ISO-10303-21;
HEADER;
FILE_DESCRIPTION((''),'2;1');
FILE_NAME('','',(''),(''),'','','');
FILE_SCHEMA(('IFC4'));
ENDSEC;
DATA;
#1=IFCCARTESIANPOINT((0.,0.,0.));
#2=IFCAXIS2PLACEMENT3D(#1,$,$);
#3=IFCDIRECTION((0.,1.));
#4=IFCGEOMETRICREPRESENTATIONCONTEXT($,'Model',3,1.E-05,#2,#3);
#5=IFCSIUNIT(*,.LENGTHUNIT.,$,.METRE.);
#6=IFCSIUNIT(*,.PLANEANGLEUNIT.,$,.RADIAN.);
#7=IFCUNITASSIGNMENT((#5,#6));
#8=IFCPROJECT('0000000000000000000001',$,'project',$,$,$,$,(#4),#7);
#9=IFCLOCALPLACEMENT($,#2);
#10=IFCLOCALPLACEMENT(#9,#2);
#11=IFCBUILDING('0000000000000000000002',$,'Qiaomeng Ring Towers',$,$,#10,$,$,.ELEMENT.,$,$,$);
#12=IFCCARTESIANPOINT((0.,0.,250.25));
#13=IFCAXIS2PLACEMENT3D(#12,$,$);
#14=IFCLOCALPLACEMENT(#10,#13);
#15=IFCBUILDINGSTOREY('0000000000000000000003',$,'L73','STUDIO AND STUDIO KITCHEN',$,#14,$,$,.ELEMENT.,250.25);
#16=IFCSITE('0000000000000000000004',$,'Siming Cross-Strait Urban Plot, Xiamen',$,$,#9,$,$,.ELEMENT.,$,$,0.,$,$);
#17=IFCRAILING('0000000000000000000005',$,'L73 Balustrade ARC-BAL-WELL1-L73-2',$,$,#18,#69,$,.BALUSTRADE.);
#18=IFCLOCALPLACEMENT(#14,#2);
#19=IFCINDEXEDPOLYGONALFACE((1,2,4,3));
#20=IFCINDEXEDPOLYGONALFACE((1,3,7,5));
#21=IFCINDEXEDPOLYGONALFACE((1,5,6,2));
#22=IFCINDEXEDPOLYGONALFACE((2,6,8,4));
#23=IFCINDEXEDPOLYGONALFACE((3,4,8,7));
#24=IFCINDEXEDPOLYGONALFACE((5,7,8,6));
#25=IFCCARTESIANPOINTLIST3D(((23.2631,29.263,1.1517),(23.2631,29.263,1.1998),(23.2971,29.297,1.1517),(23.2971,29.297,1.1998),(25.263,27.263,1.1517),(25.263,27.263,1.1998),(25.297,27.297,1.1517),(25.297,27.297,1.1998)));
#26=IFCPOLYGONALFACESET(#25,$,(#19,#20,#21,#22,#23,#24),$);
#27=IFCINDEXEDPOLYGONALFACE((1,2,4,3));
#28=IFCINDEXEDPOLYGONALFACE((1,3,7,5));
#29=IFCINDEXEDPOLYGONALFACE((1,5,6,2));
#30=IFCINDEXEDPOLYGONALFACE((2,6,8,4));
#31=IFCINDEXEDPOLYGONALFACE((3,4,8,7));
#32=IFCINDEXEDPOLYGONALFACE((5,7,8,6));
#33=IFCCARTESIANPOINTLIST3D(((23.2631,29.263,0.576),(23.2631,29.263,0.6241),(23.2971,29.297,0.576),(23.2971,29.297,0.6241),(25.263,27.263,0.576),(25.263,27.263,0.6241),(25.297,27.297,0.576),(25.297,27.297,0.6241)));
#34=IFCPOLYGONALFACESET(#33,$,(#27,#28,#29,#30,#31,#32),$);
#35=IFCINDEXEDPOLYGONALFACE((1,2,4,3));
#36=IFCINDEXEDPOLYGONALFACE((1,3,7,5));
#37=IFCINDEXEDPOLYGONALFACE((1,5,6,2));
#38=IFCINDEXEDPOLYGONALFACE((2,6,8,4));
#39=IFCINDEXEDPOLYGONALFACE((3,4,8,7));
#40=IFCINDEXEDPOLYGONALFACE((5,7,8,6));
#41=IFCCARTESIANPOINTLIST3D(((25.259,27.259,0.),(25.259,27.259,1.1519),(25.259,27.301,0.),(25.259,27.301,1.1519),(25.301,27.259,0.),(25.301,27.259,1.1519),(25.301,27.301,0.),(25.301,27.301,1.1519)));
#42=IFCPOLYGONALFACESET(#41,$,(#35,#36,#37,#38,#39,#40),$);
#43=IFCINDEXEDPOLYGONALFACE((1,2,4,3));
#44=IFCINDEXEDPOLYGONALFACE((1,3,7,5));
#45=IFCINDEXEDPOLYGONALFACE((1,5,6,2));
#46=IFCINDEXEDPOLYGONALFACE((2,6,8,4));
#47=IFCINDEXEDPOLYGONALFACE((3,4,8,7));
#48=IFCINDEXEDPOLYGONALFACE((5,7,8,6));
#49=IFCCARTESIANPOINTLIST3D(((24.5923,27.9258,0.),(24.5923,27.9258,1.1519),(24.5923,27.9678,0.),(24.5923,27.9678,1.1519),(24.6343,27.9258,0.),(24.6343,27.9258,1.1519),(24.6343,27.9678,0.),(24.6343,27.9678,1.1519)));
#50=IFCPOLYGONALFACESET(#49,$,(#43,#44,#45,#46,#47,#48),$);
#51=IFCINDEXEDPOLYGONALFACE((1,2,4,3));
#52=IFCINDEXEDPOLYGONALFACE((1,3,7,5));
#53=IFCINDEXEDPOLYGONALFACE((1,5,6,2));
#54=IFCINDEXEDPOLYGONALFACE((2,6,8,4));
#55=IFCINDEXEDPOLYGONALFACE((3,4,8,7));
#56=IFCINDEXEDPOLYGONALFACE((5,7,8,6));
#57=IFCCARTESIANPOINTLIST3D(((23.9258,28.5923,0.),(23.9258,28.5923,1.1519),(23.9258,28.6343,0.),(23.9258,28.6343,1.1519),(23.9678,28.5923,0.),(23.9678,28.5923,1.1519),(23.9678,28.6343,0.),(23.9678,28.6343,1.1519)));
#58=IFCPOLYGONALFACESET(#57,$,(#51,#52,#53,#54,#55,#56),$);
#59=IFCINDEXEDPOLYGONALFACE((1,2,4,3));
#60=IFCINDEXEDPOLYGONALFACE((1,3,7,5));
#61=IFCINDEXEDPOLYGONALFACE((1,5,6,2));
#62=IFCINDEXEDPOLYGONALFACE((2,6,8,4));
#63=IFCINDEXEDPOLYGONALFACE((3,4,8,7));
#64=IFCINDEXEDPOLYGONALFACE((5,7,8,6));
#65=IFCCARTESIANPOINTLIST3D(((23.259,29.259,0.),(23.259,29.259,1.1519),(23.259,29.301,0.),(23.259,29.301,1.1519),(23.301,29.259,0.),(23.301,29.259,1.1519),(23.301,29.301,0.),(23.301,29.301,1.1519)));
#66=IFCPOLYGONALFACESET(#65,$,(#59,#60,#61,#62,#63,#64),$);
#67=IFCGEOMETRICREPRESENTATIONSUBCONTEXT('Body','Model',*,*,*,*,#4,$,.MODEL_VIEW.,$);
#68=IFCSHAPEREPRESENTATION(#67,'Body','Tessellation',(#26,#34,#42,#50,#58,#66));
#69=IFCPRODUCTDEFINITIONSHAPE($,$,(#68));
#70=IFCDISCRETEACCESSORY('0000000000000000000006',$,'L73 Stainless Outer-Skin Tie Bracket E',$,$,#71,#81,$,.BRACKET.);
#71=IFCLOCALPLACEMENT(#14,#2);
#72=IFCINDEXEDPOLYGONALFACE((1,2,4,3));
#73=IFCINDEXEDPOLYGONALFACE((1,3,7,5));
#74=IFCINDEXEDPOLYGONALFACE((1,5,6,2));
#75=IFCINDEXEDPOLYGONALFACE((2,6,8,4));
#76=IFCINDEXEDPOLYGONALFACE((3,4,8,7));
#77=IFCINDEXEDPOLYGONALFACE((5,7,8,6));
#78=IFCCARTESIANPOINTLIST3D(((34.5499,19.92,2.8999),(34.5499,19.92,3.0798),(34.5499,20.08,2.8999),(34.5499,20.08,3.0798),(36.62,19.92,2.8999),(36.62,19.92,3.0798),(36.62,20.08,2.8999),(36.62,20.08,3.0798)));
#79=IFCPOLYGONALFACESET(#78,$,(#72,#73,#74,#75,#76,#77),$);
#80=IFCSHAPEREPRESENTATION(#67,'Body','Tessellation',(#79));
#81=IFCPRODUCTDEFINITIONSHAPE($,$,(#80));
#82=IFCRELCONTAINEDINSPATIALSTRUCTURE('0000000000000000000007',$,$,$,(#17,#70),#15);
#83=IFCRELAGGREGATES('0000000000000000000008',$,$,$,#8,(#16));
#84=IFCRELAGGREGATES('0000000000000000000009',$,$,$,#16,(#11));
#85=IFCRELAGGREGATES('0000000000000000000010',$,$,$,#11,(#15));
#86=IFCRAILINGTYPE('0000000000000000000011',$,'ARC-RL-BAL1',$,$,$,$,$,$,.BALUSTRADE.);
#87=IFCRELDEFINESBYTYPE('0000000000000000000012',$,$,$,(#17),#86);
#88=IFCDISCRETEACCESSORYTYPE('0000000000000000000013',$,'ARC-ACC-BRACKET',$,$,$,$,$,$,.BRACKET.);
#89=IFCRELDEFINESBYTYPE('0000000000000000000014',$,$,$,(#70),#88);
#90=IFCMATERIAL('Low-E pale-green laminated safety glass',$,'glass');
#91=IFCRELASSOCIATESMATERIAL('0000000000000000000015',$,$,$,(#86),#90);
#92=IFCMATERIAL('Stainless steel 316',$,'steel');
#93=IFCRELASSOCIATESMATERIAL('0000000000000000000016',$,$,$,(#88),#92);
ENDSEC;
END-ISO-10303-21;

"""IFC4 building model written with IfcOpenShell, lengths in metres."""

from ifc_helpers import new_model, si_unit, direction, frame, origin, origin_2d, place, context, subcontext, project, spatial, rectangle, extrude, source, transform, mapped, material, type_object, element, save


model = new_model("IFC4")

# Units and contexts
model_context = context("Model", 3, precision=1e-05, world=origin(), true_north=direction((0.0, 1.0)))
body_context = subcontext(model_context, "Body", "Model", "MODEL_VIEW")
ifc_project = project(units=[si_unit("LENGTHUNIT", "METRE"), si_unit("PLANEANGLEUNIT", "RADIAN")], contexts=[model_context])

# Site, building, storey
site_placement = place(None, origin())
site = spatial("IfcSite", under=ifc_project, at=site_placement, Name="Siming Cross-Strait Urban Plot, Xiamen", CompositionType="ELEMENT", RefElevation=0.0)
building_placement = place(site_placement, origin())
building = spatial("IfcBuilding", under=site, at=building_placement, Name="Qiaomeng Ring Towers", CompositionType="ELEMENT")
storey_placement = place(building_placement, frame((0.0, 0.0, 250.25)))
storey = spatial("IfcBuildingStorey", under=building, at=storey_placement, Name="L73", Description="STUDIO AND STUDIO KITCHEN", CompositionType="ELEMENT", Elevation=250.25)

# Shared definitions
ifc_material_1 = material(Name="Stainless steel 316", Category="steel")

# Railing
ifc_material_2 = material(Name="Low-E pale-green laminated safety glass", Category="glass")
railing_type = type_object("IfcRailingType", Name="ARC-RL-BAL1", PredefinedType="BALUSTRADE", material=ifc_material_2)
railing_placement = place(storey_placement, frame((25.28, 27.28, 0.0)))
element("IfcRailing", 1, at=railing_placement, inside=storey, type_object=railing_type, Name="L73 Balustrade ARC-BAL-WELL1-L73-2", PredefinedType="BALUSTRADE", context=body_context, shape_type="SweptSolid", body=[
    extrude(rectangle(XDim=0.0481, YDim=0.0481, at=origin_2d()), frame((0.0, 0.0, 1.1758), z_axis=(-0.707107, 0.707107, 0.0), x_axis=(-0.707107, -0.707107, 0.0)), (0.0, 0.0, 1.0), 2.8284),
    extrude(rectangle(XDim=0.0481, YDim=0.0481, at=origin_2d()), frame((0.0, 0.0, 0.6001), z_axis=(-0.707107, 0.707107, 0.0), x_axis=(-0.707107, -0.707107, 0.0)), (0.0, 0.0, 1.0), 2.8284),
    extrude(rectangle(XDim=0.042, YDim=0.042, at=origin_2d()), origin(), (0.0, 0.0, 1.0), 1.1519),
    extrude(rectangle(XDim=0.042, YDim=0.042, at=origin_2d()), frame((-0.6667, 0.6667, 0.0)), (0.0, 0.0, 1.0), 1.1519),
    extrude(rectangle(XDim=0.042, YDim=0.042, at=origin_2d()), frame((-1.3333, 1.3333, 0.0)), (0.0, 0.0, 1.0), 1.1519),
    extrude(rectangle(XDim=0.042, YDim=0.042, at=origin_2d()), frame((-2.0, 2.0, 0.0)), (0.0, 0.0, 1.0), 1.1519),
])

# Discrete accessory
discrete_accessory_type = type_object("IfcDiscreteAccessoryType", Name="ARC-ACC-BRACKET", PredefinedType="BRACKET", material=ifc_material_1)
shared_shape_1 = source(origin(), body_context, "Body", "SweptSolid", [
    extrude(rectangle(XDim=2.0701, YDim=0.1599, at=origin_2d()), origin(), (0.0, 0.0, 1.0), 0.1799),
])
discrete_accessory_placement = place(storey_placement, frame((35.585, 20.0, 2.8999), z_axis=(0.0, 0.0, 1.0), x_axis=(1.0, 0.0, 0.0)))
element("IfcDiscreteAccessory", 2, at=discrete_accessory_placement, inside=storey, type_object=discrete_accessory_type, Name="L73 Stainless Outer-Skin Tie Bracket E", PredefinedType="BRACKET", context=body_context, shape_type="MappedRepresentation", body=[
    mapped(shared_shape_1, transform((0.0, 0.0, 0.0), x_axis=(1.0, 0.0, 0.0), y_axis=(0.0, 1.0, 0.0), z_axis=(0.0, 0.0, 1.0), scale=1.0)),
])

save(model, "model.ifc")
